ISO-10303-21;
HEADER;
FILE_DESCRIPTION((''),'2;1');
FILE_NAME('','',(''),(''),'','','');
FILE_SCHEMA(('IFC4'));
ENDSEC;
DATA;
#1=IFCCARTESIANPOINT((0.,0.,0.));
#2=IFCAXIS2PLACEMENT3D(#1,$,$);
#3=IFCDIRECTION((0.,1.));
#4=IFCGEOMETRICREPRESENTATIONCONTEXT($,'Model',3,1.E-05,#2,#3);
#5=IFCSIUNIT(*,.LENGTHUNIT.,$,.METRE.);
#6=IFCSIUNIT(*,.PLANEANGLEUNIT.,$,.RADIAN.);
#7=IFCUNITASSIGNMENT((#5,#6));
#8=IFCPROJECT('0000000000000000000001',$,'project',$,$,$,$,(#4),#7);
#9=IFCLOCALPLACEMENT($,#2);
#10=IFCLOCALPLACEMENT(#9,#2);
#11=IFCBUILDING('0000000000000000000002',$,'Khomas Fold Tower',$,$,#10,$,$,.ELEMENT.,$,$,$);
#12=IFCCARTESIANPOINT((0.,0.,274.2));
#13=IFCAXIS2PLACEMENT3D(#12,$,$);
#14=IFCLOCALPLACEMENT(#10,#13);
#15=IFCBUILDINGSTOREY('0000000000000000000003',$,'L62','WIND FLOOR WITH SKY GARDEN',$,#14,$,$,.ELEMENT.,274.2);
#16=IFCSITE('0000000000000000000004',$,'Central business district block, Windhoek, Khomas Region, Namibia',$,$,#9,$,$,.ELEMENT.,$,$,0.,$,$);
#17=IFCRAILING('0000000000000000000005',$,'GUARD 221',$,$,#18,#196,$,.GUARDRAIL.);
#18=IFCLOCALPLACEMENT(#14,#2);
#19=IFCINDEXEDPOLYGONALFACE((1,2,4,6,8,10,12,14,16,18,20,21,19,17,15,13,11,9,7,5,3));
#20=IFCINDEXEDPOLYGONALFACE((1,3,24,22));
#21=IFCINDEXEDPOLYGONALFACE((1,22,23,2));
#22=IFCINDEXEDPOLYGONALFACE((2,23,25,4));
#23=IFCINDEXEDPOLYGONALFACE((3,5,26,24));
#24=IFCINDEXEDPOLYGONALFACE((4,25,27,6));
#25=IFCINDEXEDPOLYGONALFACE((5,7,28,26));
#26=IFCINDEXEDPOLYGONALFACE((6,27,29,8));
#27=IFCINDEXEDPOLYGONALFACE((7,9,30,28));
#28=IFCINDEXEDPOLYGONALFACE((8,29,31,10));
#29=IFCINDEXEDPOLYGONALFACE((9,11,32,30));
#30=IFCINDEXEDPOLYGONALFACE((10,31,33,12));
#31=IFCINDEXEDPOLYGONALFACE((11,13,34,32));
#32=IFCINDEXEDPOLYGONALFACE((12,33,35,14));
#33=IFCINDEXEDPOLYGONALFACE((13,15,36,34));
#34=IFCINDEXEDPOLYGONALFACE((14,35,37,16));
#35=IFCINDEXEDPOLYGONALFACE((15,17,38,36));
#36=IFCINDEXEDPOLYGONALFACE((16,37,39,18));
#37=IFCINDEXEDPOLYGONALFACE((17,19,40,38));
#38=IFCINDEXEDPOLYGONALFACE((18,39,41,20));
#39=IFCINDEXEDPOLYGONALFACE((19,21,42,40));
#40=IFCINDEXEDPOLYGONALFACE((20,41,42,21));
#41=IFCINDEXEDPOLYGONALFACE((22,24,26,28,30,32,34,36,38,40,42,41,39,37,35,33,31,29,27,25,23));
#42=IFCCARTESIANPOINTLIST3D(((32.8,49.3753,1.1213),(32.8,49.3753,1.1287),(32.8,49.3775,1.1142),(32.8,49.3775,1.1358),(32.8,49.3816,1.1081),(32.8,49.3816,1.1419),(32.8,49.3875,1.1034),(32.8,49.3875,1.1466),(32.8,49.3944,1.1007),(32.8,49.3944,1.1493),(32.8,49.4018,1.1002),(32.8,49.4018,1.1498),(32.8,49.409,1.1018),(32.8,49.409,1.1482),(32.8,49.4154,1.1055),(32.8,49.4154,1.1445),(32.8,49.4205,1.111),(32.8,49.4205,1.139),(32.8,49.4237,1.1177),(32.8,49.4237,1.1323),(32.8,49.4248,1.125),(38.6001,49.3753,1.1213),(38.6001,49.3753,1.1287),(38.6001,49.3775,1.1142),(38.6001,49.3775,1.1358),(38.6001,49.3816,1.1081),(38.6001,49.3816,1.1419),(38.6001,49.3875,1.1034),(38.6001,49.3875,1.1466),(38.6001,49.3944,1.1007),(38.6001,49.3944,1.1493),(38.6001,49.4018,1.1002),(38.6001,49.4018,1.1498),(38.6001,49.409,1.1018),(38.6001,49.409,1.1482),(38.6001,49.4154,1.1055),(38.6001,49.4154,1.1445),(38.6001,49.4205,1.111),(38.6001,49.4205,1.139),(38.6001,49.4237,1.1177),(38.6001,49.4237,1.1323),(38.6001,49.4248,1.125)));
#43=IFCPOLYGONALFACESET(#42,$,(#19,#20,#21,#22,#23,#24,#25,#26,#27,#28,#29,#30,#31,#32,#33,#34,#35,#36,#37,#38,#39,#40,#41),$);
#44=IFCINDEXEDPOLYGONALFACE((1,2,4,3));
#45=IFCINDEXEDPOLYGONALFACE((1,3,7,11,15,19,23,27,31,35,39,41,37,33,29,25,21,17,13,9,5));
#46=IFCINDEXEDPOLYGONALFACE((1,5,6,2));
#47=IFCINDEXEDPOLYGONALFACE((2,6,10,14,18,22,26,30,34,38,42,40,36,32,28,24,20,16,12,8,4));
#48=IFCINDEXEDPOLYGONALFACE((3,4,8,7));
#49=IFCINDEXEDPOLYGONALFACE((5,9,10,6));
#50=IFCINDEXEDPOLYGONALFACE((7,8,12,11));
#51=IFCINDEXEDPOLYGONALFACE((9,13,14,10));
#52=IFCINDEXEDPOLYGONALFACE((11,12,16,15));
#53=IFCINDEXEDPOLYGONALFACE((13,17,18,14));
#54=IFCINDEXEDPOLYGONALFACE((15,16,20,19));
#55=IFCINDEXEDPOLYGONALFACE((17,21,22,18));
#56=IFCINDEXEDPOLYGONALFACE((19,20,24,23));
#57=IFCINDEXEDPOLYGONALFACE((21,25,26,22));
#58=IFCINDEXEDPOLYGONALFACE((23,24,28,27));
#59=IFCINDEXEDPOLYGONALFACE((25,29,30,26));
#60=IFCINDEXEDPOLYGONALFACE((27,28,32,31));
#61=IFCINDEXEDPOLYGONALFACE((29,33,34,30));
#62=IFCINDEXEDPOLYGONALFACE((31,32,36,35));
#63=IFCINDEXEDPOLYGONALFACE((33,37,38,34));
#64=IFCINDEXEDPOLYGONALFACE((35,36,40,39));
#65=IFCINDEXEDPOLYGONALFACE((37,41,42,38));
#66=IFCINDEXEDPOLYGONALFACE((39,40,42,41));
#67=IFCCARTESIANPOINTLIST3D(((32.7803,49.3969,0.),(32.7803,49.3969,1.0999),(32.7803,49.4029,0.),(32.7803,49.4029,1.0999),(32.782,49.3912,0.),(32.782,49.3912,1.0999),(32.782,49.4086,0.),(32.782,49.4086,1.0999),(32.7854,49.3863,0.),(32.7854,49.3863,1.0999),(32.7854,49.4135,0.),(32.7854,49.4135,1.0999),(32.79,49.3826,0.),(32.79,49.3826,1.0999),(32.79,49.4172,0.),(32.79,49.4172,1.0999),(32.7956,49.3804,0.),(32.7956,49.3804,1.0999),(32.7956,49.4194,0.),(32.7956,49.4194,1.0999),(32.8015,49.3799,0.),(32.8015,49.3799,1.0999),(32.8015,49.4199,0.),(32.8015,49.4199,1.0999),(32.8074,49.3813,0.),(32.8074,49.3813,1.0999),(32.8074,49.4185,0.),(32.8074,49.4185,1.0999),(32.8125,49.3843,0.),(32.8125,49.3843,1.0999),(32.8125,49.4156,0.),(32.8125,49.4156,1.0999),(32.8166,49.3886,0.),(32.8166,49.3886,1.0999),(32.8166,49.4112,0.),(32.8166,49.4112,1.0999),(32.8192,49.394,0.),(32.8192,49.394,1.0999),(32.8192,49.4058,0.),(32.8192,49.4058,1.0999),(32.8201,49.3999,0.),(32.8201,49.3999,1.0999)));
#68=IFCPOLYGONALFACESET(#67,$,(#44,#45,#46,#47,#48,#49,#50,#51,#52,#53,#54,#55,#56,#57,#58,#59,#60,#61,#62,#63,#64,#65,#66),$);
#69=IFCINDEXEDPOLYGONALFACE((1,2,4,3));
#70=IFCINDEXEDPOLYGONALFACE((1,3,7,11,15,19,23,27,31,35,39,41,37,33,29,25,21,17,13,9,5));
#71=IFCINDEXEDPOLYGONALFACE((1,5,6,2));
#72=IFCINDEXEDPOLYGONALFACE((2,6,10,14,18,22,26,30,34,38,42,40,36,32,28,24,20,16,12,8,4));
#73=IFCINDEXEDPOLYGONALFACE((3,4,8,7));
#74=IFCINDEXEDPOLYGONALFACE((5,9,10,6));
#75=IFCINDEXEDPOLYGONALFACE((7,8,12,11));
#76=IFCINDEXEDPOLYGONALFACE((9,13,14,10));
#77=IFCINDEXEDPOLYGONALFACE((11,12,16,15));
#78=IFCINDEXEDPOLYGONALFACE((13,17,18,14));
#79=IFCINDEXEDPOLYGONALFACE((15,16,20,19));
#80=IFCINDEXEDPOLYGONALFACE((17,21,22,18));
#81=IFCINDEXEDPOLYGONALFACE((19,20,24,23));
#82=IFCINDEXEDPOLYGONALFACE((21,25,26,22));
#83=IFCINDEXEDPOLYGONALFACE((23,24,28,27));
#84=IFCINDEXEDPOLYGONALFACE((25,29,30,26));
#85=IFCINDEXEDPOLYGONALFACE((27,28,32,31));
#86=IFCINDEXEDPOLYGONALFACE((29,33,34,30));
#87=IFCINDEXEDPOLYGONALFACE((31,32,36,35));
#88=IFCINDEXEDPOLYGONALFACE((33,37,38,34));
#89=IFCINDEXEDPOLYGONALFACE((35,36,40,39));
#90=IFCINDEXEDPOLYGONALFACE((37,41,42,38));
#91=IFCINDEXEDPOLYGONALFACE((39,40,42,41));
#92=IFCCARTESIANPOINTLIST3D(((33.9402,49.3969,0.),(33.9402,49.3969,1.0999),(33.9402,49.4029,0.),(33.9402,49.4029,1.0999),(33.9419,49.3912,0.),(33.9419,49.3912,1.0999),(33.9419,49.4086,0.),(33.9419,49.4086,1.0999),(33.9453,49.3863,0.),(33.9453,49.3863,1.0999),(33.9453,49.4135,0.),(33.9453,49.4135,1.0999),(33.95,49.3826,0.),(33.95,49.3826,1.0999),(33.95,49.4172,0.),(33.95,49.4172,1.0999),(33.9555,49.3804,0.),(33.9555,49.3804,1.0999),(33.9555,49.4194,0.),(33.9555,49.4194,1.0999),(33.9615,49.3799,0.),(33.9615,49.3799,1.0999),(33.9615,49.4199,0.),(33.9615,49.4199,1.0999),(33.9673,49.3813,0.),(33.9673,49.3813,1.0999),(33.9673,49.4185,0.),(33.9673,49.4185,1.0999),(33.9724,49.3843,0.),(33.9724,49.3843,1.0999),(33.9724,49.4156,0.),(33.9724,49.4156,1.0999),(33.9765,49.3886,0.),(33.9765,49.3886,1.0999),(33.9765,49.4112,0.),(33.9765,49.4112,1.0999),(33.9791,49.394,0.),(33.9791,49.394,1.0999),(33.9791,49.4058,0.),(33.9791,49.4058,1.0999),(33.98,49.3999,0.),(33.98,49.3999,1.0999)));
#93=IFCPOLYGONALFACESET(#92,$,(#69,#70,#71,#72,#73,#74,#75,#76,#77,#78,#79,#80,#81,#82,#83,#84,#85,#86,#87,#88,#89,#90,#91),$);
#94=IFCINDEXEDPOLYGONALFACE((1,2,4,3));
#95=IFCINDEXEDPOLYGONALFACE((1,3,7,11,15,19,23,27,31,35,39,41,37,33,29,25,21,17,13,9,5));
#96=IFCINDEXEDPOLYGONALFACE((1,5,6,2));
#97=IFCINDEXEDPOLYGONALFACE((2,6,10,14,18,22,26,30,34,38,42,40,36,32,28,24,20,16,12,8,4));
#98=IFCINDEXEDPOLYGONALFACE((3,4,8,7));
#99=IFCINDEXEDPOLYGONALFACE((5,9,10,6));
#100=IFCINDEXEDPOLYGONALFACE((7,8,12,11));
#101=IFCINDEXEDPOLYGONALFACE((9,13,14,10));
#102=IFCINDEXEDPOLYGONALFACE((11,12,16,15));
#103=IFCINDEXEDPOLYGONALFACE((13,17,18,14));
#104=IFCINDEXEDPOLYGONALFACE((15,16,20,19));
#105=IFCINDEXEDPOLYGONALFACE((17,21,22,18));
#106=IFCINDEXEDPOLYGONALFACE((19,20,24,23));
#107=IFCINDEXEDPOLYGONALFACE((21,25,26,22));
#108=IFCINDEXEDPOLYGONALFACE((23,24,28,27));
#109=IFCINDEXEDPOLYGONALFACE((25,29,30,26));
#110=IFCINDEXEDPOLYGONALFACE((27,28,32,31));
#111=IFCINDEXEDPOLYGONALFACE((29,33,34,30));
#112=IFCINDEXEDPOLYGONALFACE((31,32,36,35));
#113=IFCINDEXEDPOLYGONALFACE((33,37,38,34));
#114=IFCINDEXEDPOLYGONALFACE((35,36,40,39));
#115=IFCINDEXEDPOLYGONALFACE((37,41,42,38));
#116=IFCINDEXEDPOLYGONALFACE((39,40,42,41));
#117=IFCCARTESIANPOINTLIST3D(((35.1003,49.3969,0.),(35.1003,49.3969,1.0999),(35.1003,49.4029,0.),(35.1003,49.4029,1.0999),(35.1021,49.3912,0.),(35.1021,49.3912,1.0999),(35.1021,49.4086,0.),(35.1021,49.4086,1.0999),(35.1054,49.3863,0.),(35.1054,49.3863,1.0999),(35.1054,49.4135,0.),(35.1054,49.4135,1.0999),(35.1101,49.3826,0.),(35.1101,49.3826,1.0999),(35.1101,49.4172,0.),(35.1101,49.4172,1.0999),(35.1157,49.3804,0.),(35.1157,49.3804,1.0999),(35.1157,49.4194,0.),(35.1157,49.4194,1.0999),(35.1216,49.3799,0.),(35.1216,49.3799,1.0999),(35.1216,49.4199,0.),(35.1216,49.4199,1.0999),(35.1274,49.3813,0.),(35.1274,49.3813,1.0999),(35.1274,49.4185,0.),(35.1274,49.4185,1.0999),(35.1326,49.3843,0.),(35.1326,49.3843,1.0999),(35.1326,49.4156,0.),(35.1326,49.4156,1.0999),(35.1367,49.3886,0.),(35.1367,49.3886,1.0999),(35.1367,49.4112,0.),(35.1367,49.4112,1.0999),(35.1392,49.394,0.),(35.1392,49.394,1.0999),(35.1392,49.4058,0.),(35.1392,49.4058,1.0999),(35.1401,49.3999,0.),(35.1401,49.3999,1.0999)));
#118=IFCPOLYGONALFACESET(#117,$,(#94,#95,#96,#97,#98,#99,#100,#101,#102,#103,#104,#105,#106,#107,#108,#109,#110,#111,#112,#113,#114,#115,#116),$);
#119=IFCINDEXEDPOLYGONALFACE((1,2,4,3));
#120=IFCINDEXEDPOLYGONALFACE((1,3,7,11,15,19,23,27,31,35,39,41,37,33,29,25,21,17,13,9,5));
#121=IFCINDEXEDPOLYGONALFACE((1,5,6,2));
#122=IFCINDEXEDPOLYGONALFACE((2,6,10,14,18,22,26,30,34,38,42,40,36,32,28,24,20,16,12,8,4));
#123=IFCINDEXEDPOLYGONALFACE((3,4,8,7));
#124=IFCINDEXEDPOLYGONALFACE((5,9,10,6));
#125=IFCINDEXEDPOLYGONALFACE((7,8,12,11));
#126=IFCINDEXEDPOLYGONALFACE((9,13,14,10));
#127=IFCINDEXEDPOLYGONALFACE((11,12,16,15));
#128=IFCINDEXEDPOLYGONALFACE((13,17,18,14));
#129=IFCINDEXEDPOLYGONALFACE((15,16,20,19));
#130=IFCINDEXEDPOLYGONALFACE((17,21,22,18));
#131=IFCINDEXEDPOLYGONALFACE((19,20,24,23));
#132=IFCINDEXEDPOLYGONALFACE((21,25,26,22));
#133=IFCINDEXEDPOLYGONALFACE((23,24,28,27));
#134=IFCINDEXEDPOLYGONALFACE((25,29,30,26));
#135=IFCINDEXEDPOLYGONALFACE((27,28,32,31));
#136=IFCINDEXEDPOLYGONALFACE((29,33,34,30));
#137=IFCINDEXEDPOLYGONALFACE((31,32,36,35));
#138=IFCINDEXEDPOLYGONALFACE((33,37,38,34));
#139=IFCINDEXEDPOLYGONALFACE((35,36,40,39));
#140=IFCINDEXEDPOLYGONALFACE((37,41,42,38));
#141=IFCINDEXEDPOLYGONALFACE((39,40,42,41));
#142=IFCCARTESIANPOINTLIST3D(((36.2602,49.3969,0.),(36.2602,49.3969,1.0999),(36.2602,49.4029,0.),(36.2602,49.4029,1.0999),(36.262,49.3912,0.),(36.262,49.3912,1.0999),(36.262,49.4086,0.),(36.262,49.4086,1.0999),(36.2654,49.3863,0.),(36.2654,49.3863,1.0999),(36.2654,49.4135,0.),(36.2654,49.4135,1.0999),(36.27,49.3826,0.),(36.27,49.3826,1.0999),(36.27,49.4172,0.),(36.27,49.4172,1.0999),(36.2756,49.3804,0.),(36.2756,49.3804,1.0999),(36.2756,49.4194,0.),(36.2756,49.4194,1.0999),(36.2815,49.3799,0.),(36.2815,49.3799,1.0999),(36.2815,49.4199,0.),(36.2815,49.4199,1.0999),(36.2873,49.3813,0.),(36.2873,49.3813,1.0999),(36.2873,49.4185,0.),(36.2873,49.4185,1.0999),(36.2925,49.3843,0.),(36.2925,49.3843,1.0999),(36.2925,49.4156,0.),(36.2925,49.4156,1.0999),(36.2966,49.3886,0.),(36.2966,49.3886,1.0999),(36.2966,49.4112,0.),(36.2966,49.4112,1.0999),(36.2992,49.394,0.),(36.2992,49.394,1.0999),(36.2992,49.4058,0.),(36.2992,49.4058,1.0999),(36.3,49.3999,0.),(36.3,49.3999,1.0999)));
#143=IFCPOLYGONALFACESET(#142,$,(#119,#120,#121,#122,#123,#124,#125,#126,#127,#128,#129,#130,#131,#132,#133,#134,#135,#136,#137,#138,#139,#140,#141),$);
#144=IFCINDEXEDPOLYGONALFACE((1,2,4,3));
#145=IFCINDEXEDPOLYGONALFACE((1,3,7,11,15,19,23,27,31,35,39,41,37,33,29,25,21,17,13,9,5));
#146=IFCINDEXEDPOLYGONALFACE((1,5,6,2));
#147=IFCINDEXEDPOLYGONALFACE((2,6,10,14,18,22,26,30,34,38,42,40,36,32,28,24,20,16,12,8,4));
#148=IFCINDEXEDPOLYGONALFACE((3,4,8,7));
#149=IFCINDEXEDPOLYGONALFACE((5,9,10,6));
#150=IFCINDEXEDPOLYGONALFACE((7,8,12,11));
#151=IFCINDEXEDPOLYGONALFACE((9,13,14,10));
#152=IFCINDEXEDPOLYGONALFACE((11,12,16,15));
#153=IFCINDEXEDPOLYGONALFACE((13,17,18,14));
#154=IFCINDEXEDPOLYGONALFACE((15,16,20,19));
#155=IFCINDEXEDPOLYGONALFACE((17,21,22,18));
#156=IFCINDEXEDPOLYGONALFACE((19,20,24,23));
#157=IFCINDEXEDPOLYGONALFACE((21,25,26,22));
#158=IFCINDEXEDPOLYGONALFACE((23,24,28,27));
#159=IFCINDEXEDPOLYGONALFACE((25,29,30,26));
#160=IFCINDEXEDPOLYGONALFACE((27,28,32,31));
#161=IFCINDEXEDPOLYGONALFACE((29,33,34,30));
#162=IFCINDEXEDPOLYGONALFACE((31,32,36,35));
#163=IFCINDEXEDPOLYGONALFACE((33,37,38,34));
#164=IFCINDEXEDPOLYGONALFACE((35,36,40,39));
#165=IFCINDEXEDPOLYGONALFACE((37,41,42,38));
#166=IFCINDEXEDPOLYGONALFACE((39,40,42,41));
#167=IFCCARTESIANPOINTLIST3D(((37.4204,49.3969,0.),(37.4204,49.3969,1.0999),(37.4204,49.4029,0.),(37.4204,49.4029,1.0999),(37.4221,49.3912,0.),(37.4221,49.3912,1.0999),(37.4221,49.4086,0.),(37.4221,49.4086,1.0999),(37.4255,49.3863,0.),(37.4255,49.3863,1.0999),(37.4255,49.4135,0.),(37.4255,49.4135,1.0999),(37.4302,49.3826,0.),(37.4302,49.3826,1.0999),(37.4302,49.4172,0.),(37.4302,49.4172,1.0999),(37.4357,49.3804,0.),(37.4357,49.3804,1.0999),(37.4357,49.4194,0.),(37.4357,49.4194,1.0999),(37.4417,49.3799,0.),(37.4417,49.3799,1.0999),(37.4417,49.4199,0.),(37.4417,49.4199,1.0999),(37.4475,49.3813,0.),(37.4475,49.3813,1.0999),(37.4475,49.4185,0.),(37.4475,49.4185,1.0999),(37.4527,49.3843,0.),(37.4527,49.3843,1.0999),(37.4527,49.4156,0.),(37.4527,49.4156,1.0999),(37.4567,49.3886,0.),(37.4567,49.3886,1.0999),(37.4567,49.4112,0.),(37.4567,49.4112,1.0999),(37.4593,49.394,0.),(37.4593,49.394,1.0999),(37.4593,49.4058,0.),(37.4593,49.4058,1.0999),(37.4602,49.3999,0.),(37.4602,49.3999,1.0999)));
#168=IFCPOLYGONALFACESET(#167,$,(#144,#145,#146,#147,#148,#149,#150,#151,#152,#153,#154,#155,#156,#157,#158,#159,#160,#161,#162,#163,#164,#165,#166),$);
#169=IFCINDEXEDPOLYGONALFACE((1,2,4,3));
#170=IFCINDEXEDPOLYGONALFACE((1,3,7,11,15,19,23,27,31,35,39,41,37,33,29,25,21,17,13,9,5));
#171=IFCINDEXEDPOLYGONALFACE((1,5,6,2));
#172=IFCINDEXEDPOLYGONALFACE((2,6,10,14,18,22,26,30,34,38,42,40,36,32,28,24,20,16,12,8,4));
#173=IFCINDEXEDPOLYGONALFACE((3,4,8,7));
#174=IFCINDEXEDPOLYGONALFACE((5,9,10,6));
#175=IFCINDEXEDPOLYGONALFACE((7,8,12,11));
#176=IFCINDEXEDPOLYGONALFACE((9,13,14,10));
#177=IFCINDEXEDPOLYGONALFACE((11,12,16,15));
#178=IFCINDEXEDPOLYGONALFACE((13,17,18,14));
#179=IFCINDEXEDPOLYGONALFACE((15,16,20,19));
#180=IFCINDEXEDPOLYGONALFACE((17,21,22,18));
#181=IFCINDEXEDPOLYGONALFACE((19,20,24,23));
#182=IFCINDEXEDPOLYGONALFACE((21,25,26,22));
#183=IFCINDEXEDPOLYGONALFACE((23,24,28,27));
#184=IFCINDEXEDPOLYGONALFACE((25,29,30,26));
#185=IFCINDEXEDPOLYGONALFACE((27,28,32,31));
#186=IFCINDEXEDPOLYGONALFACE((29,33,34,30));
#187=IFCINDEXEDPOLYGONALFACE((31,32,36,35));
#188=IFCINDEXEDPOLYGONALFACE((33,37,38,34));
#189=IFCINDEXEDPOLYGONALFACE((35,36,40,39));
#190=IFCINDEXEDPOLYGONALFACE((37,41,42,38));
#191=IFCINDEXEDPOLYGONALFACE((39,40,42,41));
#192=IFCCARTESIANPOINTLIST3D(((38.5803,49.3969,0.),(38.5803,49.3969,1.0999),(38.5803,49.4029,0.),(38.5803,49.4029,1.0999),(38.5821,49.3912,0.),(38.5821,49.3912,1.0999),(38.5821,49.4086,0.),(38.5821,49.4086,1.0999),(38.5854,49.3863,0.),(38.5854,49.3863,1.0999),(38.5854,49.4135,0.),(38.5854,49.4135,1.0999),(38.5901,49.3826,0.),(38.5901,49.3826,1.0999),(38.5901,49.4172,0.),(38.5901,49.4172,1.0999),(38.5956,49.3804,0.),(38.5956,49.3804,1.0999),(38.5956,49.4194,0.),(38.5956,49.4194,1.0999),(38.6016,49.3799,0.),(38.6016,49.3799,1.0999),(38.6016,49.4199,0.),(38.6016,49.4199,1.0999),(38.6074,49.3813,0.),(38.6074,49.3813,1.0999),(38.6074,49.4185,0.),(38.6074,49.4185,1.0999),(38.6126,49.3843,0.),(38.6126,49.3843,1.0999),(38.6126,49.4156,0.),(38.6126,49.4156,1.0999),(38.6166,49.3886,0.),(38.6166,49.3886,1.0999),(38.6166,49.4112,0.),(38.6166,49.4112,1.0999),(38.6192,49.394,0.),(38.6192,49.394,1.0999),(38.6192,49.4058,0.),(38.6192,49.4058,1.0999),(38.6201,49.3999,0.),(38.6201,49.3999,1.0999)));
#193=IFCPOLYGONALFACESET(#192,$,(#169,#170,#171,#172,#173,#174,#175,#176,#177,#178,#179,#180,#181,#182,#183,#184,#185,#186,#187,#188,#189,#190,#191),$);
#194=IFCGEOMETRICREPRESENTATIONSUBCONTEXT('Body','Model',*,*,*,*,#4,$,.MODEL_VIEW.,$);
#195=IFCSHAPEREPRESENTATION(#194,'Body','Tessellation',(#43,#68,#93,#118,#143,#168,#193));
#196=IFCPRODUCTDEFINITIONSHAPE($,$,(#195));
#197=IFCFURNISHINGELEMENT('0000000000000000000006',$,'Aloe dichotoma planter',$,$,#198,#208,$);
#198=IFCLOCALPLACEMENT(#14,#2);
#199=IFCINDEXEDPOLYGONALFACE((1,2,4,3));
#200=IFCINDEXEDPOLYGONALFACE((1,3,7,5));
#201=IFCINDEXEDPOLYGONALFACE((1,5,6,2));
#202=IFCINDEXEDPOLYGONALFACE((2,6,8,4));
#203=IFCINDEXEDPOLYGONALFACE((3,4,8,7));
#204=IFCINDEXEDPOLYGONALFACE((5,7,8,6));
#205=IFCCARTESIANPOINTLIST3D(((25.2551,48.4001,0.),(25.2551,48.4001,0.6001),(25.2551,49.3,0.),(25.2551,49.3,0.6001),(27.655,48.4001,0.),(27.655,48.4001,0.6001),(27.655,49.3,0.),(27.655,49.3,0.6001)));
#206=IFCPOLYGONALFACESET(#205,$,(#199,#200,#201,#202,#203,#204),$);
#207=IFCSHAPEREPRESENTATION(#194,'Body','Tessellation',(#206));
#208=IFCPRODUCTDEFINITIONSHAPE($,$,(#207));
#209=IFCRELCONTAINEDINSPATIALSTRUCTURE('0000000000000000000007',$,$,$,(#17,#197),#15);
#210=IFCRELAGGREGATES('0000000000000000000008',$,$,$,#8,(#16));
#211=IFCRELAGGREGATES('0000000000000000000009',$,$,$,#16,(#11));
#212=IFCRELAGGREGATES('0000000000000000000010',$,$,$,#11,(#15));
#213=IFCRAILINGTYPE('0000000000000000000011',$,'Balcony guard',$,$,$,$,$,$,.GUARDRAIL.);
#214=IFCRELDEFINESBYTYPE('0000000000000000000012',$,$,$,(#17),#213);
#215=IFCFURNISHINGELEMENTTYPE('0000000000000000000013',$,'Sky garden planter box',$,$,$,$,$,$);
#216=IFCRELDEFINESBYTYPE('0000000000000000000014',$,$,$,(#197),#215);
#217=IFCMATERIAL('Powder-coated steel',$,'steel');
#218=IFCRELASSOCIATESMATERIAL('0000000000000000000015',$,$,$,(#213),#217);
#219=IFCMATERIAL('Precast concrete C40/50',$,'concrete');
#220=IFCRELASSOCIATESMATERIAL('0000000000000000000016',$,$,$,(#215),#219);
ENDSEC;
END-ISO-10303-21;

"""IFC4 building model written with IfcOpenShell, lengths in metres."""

from ifc_helpers import new_model, si_unit, direction, frame, origin, origin_2d, place, context, subcontext, project, spatial, rectangle, circle, extrude, source, transform, mapped, material, type_object, element, save


model = new_model("IFC4")

# Units and contexts
model_context = context("Model", 3, precision=1e-05, world=origin(), true_north=direction((0.0, 1.0)))
body_context = subcontext(model_context, "Body", "Model", "MODEL_VIEW")
ifc_project = project(units=[si_unit("LENGTHUNIT", "METRE"), si_unit("PLANEANGLEUNIT", "RADIAN")], contexts=[model_context])

# Site, building, storey
site_placement = place(None, origin())
site = spatial("IfcSite", under=ifc_project, at=site_placement, Name="Central business district block, Windhoek, Khomas Region, Namibia", CompositionType="ELEMENT", RefElevation=0.0)
building_placement = place(site_placement, origin())
building = spatial("IfcBuilding", under=site, at=building_placement, Name="Khomas Fold Tower", CompositionType="ELEMENT")
storey_placement = place(building_placement, frame((0.0, 0.0, 274.2)))
storey = spatial("IfcBuildingStorey", under=building, at=storey_placement, Name="L62", Description="WIND FLOOR WITH SKY GARDEN", CompositionType="ELEMENT", Elevation=274.2)

# Railing
ifc_material_1 = material(Name="Powder-coated steel", Category="steel")
railing_type = type_object("IfcRailingType", Name="Balcony guard", PredefinedType="GUARDRAIL", material=ifc_material_1)
shared_shape_1 = source(origin(), body_context, "Body", "SweptSolid", [
    extrude(circle(Radius=0.0249, at=origin_2d()), frame((0.0, 0.0, 1.125), z_axis=(1.0, 0.0, 0.0), x_axis=(0.0, 1.0, 0.0)), (0.0, 0.0, 1.0), 5.8),
    extrude(circle(Radius=0.02, at=origin_2d()), origin(), (0.0, 0.0, 1.0), 1.0999),
    extrude(circle(Radius=0.02, at=origin_2d()), frame((1.1599, 0.0, 0.0)), (0.0, 0.0, 1.0), 1.0999),
    extrude(circle(Radius=0.02, at=origin_2d()), frame((2.3201, 0.0, 0.0)), (0.0, 0.0, 1.0), 1.0999),
    extrude(circle(Radius=0.02, at=origin_2d()), frame((3.48, 0.0, 0.0)), (0.0, 0.0, 1.0), 1.0999),
    extrude(circle(Radius=0.02, at=origin_2d()), frame((4.6401, 0.0, 0.0)), (0.0, 0.0, 1.0), 1.0999),
    extrude(circle(Radius=0.02, at=origin_2d()), frame((5.8, 0.0, 0.0)), (0.0, 0.0, 1.0), 1.0999),
])
for number, where, name in (
    (1, (32.8, 49.3999, 0.0), "GUARD 221"),
):
    element("IfcRailing", number, at=place(storey_placement, frame(where)), inside=storey, type_object=railing_type, Name=name, PredefinedType="GUARDRAIL", context=body_context, shape_type="MappedRepresentation", body=[
        mapped(shared_shape_1, transform((0.0, 0.0, 0.0))),
    ])

# Furnishing element
ifc_material_2 = material(Name="Precast concrete C40/50", Category="concrete")
furnishing_element_type_1 = type_object("IfcFurnishingElementType", Name="Sky garden planter box", material=ifc_material_2)
shared_shape_2 = source(origin(), body_context, "Body", "SweptSolid", [
    extrude(rectangle(XDim=2.3999, YDim=0.8999, at=origin_2d()), origin(), (0.0, 0.0, 1.0), 0.6001),
])
for number, where, z_axis, x_axis, name in (
    (2, (26.4551, 48.8501, 0.0), (0.0, 0.0, 1.0), (1.0, 0.0, 0.0), "Aloe dichotoma planter"),
):
    element("IfcFurnishingElement", number, at=place(storey_placement, frame(where, z_axis=z_axis, x_axis=x_axis)), inside=storey, type_object=furnishing_element_type_1, Name=name, context=body_context, shape_type="MappedRepresentation", body=[
        mapped(shared_shape_2, transform((0.0, 0.0, 0.0))),
    ])

save(model, "model.ifc")
